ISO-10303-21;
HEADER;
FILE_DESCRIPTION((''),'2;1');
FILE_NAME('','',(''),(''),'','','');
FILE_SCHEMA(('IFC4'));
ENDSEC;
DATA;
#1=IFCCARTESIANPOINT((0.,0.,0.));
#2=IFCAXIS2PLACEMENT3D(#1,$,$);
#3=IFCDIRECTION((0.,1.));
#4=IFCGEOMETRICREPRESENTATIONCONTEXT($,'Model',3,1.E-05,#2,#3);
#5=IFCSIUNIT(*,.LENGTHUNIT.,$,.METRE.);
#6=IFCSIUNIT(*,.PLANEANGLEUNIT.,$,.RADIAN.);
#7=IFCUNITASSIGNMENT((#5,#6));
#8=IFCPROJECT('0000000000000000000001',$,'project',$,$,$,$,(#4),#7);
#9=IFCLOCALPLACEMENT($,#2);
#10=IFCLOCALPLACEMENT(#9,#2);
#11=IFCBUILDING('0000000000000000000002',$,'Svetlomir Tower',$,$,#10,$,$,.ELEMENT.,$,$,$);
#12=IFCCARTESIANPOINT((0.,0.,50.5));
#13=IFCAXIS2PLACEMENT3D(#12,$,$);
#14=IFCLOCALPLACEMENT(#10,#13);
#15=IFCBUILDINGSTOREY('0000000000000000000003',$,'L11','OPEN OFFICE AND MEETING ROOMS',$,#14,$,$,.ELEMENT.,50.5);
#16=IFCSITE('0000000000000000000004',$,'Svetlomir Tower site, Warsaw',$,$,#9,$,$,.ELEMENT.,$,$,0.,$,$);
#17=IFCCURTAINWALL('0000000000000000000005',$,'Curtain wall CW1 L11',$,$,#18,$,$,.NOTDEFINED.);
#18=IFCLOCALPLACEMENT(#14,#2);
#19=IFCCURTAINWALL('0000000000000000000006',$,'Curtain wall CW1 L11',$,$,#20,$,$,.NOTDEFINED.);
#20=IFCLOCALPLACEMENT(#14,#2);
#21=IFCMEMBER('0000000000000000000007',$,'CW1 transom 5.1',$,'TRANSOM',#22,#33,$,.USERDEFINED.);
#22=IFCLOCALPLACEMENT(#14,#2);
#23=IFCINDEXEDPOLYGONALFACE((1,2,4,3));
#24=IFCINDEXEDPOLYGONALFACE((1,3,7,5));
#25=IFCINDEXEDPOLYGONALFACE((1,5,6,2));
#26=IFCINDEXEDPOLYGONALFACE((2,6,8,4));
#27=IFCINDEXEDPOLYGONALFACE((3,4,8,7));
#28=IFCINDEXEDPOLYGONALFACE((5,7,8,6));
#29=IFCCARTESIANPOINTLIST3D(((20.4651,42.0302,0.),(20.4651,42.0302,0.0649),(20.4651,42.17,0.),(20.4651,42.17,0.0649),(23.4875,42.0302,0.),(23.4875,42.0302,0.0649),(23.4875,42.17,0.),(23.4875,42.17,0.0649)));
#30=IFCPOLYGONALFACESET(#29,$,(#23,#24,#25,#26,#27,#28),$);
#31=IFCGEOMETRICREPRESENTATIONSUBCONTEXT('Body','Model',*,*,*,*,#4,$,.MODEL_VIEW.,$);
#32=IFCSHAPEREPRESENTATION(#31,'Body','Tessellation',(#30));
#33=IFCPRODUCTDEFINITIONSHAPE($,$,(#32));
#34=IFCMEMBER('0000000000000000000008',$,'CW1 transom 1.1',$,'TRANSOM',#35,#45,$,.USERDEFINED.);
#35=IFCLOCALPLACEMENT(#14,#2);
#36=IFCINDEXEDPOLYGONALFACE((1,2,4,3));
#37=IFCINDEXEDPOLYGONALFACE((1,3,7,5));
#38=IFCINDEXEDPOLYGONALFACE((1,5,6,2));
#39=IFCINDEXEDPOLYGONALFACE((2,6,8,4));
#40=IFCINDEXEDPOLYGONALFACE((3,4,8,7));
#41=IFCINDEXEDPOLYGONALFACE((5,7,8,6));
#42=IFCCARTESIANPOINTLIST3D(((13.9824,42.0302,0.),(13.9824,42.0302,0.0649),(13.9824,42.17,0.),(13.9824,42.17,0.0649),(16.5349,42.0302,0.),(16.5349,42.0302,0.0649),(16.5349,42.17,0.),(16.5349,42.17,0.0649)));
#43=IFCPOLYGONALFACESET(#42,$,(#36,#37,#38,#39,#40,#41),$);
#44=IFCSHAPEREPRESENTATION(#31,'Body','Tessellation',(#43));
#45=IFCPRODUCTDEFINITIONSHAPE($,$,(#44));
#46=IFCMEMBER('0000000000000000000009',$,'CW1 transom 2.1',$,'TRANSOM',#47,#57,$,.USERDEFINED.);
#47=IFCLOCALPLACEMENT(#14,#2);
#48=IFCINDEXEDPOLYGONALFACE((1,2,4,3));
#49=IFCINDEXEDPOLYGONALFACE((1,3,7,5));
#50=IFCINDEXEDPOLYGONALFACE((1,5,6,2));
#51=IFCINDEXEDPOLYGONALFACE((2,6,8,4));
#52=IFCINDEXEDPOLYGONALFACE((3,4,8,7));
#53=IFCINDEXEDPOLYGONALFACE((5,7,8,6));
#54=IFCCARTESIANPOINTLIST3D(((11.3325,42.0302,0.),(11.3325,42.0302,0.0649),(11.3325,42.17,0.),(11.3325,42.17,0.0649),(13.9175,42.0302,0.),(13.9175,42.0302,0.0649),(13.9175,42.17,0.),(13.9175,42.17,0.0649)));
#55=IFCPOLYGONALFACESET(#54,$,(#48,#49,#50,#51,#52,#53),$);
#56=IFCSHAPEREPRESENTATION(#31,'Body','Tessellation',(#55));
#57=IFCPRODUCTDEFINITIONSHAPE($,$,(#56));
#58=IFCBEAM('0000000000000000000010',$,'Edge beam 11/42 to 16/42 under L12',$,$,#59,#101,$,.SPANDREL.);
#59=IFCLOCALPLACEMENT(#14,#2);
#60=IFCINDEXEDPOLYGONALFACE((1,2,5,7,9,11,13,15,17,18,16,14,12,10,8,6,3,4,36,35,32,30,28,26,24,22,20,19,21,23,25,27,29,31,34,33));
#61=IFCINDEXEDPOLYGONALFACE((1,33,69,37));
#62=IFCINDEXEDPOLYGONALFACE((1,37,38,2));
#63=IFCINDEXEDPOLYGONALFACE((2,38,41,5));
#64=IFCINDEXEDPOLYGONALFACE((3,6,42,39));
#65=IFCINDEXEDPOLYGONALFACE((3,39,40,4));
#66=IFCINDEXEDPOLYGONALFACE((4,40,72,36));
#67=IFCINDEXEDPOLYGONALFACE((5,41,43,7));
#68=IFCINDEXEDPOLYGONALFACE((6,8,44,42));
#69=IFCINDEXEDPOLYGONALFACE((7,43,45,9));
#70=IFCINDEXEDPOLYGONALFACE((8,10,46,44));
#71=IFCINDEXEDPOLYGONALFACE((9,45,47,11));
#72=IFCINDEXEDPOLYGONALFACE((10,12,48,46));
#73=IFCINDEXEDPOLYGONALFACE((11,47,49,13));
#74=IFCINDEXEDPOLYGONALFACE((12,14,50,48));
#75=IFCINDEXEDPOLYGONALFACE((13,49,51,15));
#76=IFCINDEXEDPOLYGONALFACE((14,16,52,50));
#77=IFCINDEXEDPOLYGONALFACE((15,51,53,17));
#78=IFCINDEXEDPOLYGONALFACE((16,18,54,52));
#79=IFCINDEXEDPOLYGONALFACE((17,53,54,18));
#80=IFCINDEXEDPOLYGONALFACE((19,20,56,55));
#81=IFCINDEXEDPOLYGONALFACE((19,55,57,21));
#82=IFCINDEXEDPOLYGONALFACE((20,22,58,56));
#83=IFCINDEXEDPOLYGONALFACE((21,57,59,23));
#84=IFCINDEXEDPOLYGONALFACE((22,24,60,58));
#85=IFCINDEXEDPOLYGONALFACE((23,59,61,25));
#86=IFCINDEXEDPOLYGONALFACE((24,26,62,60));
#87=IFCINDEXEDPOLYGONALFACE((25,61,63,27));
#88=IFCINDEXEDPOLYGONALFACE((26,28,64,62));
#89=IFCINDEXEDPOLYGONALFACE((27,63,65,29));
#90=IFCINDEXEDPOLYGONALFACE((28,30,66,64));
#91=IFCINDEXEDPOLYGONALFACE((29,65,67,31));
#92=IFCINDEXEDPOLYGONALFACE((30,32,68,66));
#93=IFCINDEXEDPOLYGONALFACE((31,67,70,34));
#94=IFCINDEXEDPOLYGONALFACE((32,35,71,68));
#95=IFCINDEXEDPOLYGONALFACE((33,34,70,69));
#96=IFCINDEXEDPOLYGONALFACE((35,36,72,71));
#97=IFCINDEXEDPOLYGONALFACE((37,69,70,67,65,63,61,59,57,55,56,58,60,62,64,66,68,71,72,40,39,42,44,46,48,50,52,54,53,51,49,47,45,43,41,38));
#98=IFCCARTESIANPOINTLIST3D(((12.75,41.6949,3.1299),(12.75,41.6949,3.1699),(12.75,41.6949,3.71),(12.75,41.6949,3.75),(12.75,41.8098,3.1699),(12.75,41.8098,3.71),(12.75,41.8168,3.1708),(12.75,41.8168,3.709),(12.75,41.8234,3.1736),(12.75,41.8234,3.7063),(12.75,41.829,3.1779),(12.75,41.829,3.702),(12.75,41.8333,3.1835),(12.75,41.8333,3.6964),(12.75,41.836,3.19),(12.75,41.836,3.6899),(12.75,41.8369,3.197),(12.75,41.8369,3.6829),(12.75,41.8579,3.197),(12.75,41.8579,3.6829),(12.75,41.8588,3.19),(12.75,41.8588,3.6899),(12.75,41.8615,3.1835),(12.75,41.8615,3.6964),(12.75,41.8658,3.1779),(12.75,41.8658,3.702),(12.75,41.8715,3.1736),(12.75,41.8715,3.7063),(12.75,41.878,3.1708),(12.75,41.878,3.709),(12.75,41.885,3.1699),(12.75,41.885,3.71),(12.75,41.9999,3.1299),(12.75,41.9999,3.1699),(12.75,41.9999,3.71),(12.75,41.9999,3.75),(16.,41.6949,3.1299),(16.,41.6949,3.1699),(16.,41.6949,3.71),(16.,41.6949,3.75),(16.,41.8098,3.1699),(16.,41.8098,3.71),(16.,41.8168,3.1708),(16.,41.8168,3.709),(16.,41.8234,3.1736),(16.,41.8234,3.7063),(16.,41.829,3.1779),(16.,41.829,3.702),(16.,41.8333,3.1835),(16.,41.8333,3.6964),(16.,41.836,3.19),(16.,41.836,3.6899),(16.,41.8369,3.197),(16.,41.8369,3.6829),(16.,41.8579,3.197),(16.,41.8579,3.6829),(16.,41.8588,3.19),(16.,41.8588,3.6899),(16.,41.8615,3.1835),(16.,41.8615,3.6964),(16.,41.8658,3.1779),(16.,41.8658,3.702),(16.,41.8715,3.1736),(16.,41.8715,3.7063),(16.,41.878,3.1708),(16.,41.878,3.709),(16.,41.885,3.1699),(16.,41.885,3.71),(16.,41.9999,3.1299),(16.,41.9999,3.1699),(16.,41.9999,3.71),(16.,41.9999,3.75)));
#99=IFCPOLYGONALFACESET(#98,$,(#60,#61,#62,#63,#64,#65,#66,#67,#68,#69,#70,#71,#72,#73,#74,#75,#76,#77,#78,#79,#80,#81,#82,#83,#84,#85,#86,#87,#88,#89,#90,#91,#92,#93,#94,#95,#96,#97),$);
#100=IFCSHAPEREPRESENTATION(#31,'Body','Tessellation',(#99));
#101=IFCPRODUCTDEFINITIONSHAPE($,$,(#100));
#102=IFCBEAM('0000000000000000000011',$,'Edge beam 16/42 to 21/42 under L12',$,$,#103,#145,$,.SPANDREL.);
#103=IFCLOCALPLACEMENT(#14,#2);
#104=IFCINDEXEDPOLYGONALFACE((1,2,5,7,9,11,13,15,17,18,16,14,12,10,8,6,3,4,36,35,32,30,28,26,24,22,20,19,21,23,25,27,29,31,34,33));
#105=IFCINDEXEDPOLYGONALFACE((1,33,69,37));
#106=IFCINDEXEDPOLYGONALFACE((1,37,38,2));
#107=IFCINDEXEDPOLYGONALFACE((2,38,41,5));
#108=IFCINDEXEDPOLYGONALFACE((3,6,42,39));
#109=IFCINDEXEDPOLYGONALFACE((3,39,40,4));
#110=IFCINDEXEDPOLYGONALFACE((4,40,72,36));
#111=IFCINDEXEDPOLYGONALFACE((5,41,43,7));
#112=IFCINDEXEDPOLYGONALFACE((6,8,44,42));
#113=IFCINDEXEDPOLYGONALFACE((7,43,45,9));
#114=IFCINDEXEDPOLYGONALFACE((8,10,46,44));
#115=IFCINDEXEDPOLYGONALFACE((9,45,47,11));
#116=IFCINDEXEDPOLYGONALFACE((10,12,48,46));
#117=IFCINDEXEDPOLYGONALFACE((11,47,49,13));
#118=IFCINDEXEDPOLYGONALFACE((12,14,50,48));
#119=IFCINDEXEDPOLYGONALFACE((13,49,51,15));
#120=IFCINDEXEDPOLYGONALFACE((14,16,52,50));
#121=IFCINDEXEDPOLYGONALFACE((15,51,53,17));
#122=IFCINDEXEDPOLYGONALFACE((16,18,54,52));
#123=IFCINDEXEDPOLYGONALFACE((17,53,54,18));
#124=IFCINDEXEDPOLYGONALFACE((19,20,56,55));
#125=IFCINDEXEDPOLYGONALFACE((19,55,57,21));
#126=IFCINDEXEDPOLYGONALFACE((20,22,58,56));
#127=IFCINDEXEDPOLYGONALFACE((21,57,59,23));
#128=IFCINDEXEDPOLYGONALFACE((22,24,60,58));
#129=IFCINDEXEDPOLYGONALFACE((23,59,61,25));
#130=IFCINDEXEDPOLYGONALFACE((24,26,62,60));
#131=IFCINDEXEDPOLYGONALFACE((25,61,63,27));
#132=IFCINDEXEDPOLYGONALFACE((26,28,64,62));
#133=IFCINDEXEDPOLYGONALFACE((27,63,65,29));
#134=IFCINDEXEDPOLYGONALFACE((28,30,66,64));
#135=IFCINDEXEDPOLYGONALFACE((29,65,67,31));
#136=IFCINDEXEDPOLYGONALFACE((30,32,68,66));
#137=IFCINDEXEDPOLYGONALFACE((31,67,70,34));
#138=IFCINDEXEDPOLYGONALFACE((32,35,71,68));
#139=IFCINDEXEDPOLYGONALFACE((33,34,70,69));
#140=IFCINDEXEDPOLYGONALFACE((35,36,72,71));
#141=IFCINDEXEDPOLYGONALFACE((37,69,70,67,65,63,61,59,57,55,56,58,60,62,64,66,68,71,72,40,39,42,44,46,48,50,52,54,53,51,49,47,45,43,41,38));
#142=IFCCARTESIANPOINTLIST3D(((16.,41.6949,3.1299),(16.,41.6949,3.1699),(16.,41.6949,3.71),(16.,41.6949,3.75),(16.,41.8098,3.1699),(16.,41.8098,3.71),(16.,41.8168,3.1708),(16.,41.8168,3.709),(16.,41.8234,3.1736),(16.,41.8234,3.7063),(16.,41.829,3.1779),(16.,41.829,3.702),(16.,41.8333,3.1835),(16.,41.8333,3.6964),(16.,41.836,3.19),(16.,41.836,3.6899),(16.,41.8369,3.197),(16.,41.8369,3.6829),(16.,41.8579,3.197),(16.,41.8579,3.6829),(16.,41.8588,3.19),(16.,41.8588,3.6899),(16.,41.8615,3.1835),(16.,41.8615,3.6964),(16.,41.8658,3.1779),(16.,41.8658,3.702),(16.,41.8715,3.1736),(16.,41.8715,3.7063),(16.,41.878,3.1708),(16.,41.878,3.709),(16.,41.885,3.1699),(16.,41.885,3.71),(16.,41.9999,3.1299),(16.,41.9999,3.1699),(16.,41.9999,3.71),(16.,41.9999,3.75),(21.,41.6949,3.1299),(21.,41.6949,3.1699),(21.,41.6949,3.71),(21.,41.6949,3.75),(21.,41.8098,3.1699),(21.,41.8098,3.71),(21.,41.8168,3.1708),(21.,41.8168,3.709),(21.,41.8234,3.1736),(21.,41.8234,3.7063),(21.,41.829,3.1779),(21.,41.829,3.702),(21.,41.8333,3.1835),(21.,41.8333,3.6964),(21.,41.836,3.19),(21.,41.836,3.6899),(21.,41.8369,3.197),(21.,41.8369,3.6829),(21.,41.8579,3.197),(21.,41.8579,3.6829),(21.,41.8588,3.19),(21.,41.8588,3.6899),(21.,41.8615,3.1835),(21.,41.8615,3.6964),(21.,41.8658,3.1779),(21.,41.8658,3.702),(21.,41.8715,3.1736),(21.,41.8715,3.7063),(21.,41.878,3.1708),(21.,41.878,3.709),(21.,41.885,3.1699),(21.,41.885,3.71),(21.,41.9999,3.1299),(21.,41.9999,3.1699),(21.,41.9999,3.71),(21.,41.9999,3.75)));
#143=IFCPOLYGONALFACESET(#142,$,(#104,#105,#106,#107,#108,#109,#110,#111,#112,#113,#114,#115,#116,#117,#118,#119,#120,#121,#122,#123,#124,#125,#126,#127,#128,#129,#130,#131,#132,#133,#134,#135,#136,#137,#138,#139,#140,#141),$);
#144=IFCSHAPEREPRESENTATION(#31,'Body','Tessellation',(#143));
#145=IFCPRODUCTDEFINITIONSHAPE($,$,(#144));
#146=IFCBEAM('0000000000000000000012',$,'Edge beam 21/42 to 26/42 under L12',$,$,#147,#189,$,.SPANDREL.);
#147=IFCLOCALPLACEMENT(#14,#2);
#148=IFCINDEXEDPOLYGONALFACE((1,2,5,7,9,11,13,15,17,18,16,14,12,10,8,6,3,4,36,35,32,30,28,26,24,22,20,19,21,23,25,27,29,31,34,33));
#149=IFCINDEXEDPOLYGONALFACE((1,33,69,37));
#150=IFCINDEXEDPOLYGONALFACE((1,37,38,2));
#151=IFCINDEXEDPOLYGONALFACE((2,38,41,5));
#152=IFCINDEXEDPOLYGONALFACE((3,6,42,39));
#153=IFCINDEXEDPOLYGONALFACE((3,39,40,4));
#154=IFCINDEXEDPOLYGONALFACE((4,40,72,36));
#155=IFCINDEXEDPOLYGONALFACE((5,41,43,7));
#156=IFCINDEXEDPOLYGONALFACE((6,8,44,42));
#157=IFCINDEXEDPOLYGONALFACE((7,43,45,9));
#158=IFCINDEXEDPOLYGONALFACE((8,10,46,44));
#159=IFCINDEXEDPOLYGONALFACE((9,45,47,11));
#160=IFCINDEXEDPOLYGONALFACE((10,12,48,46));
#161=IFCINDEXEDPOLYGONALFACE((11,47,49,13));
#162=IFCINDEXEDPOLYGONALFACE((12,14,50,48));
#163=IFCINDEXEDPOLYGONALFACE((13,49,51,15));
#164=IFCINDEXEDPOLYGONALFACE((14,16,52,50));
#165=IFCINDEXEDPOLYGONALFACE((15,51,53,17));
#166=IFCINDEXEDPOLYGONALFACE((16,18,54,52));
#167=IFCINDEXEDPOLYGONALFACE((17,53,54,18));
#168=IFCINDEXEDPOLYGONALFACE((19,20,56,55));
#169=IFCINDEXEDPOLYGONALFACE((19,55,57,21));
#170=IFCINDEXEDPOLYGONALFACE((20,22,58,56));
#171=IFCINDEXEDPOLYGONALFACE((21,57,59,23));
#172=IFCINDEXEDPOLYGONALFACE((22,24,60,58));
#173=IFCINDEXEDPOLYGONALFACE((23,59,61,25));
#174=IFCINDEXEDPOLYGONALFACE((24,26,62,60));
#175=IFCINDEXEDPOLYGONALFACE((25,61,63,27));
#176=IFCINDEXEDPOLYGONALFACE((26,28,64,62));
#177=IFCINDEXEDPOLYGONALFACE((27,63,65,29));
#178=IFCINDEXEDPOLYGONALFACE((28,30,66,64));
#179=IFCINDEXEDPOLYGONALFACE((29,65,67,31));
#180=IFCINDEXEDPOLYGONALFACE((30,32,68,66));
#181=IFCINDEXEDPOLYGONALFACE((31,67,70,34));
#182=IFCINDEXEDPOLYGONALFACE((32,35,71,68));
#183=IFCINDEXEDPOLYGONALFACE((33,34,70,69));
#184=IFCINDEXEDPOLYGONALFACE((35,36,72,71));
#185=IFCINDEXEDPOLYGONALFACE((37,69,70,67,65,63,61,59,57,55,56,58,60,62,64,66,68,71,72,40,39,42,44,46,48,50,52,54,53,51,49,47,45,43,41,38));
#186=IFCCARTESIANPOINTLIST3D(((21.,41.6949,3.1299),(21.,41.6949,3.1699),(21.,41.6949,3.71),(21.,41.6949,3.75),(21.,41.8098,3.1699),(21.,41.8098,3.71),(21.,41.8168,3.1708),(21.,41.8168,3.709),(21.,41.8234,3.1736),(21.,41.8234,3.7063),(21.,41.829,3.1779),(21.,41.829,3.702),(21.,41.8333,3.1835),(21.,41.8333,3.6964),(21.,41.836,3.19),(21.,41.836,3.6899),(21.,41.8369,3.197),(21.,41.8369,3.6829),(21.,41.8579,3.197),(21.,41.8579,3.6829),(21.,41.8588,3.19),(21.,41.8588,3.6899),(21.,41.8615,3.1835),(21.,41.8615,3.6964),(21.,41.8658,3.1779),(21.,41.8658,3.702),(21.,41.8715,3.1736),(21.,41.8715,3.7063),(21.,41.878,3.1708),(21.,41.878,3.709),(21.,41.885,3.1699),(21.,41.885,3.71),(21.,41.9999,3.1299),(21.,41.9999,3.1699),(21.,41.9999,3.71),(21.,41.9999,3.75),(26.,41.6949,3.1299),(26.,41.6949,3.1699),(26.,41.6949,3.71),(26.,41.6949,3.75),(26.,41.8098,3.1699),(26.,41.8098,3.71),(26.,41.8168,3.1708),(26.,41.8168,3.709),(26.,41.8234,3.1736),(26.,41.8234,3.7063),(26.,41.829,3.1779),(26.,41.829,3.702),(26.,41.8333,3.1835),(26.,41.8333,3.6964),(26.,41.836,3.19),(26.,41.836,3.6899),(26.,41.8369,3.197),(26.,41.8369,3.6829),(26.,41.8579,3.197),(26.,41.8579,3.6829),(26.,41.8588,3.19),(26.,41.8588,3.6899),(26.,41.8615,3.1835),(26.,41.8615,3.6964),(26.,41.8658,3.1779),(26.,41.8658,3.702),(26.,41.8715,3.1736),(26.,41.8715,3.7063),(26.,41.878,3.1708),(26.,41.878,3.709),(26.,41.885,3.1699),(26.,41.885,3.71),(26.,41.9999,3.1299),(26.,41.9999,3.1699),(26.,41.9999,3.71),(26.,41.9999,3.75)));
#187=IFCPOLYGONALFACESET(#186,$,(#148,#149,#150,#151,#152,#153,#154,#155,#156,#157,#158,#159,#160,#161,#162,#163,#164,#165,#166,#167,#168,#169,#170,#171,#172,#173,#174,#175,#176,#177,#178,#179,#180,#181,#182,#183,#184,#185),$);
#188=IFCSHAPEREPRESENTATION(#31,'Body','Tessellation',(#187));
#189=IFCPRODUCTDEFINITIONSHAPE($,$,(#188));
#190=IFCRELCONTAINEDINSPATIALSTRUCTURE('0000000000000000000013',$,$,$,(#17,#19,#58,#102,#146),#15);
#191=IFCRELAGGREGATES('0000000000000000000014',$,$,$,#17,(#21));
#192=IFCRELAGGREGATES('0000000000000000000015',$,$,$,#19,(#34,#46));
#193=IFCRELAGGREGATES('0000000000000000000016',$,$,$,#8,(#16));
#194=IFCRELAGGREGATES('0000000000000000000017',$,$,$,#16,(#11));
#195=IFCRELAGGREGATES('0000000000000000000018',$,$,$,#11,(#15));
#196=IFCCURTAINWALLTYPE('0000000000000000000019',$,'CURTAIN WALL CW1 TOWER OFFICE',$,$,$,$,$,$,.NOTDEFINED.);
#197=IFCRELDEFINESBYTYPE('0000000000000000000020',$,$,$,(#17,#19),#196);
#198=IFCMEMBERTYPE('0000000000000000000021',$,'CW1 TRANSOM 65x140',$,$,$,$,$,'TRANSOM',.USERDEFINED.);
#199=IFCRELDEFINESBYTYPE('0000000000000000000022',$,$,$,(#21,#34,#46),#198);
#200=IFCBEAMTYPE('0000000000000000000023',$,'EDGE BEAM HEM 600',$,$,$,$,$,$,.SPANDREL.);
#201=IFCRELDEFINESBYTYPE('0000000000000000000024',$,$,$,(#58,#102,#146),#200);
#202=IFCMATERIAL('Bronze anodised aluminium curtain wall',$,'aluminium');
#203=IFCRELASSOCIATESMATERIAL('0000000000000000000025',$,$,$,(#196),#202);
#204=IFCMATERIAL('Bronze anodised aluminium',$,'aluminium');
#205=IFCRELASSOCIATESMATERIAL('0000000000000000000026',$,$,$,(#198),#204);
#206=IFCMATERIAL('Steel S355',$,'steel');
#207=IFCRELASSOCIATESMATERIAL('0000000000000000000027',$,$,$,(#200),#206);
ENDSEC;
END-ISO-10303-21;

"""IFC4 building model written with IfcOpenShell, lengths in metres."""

from ifc_helpers import new_model, si_unit, direction, frame, origin, origin_2d, place, context, subcontext, project, spatial, rectangle, i_section, extrude, material, material_profile, profile_set, type_object, element, aggregate, save


model = new_model("IFC4")

# Units and contexts
model_context = context("Model", 3, precision=1e-05, world=origin(), true_north=direction((0.0, 1.0)))
body_context = subcontext(model_context, "Body", "Model", "MODEL_VIEW")
ifc_project = project(units=[si_unit("LENGTHUNIT", "METRE"), si_unit("PLANEANGLEUNIT", "RADIAN")], contexts=[model_context])

# Site, building, storey
site_placement = place(None, origin())
site = spatial("IfcSite", under=ifc_project, at=site_placement, Name="Svetlomir Tower site, Warsaw", CompositionType="ELEMENT", RefElevation=0.0)
building_placement = place(site_placement, origin())
building = spatial("IfcBuilding", under=site, at=building_placement, Name="Svetlomir Tower", CompositionType="ELEMENT")
storey_placement = place(building_placement, frame((0.0, 0.0, 50.5)))
storey = spatial("IfcBuildingStorey", under=building, at=storey_placement, Name="L11", Description="OPEN OFFICE AND MEETING ROOMS", CompositionType="ELEMENT", Elevation=50.5)

# Curtain walls
ifc_material_1 = material(Name="Bronze anodised aluminium curtain wall", Category="aluminium")
curtain_wall_type = type_object("IfcCurtainWallType", Name="CURTAIN WALL CW1 TOWER OFFICE", PredefinedType="NOTDEFINED", material=ifc_material_1)
curtain_wall_1_placement = place(storey_placement, origin())
curtain_wall_1 = element("IfcCurtainWall", 1, at=curtain_wall_1_placement, inside=storey, type_object=curtain_wall_type, Name="Curtain wall CW1 L11", PredefinedType="NOTDEFINED")
curtain_wall_2_placement = place(storey_placement, origin())
curtain_wall_2 = element("IfcCurtainWall", 2, at=curtain_wall_2_placement, inside=storey, type_object=curtain_wall_type, Name="Curtain wall CW1 L11", PredefinedType="NOTDEFINED")

# Members
ifc_material_2 = material(Name="Bronze anodised aluminium", Category="aluminium")
ifc_material_profile_1 = material_profile(ifc_material_2, rectangle(XDim=0.1399, YDim=0.0649, at=origin_2d()), Name="AL 140x65")
ifc_profile_set_1 = profile_set([ifc_material_profile_1], Name="Bronze anodised aluminium 6063-T6")
member_type_1 = type_object("IfcMemberType", Name="CW1 TRANSOM 65x140", ElementType="TRANSOM", PredefinedType="USERDEFINED", material=ifc_profile_set_1)
member_1_placement = place(storey_placement, frame((23.4875, 42.1001, 0.0325), z_axis=(-1.0, 0.0, 0.0), x_axis=(0.0, -1.0, 0.0)))
member_1 = element("IfcMember", 3, at=member_1_placement, type_object=member_type_1, Name="CW1 transom 5.1", ObjectType="TRANSOM", PredefinedType="USERDEFINED", context=body_context, shape_type="SweptSolid", body=[
    extrude(rectangle(XDim=0.1399, YDim=0.0649, at=origin_2d()), origin(), (0.0, 0.0, 1.0), 3.0225),
])
member_2_placement = place(storey_placement, frame((16.5349, 42.1001, 0.0325), z_axis=(-1.0, 0.0, 0.0), x_axis=(0.0, -1.0, 0.0)))
member_2 = element("IfcMember", 4, at=member_2_placement, type_object=member_type_1, Name="CW1 transom 1.1", ObjectType="TRANSOM", PredefinedType="USERDEFINED", context=body_context, shape_type="SweptSolid", body=[
    extrude(rectangle(XDim=0.1399, YDim=0.0649, at=origin_2d()), origin(), (0.0, 0.0, 1.0), 2.5525),
])
member_3_placement = place(storey_placement, frame((13.9175, 42.1001, 0.0325), z_axis=(-1.0, 0.0, 0.0), x_axis=(0.0, -1.0, 0.0)))
member_3 = element("IfcMember", 5, at=member_3_placement, type_object=member_type_1, Name="CW1 transom 2.1", ObjectType="TRANSOM", PredefinedType="USERDEFINED", context=body_context, shape_type="SweptSolid", body=[
    extrude(rectangle(XDim=0.1399, YDim=0.0649, at=origin_2d()), origin(), (0.0, 0.0, 1.0), 2.585),
])

# Beams
ifc_material_3 = material(Name="Steel S355", Category="steel")
ifc_material_profile_2 = material_profile(ifc_material_3, i_section(OverallWidth=0.3049, OverallDepth=0.6201, WebThickness=0.021, FlangeThickness=0.04, FilletRadius=0.0271, at=origin_2d()), Name="HEM 600")
ifc_profile_set_2 = profile_set([ifc_material_profile_2], Name="Steel S355")
beam_type_1 = type_object("IfcBeamType", Name="EDGE BEAM HEM 600", PredefinedType="SPANDREL", material=ifc_profile_set_2)
beam_1_placement = place(storey_placement, frame((12.75, 41.8474, 3.4399), z_axis=(1.0, 0.0, 0.0), x_axis=(0.0, 1.0, 0.0)))
element("IfcBeam", 6, at=beam_1_placement, inside=storey, type_object=beam_type_1, Name="Edge beam 11/42 to 16/42 under L12", PredefinedType="SPANDREL", context=body_context, shape_type="SweptSolid", body=[
    extrude(i_section(OverallWidth=0.3049, OverallDepth=0.6201, WebThickness=0.021, FlangeThickness=0.04, FilletRadius=0.0271, at=origin_2d()), origin(), (0.0, 0.0, 1.0), 3.25),
])
for number, where, z_axis, x_axis, name in (
    (7, (16.0, 41.8474, 3.4399), (1.0, 0.0, 0.0), (0.0, 1.0, 0.0), "Edge beam 16/42 to 21/42 under L12"),
    (8, (21.0, 41.8474, 3.4399), (1.0, 0.0, 0.0), (0.0, 1.0, 0.0), "Edge beam 21/42 to 26/42 under L12"),
):
    element("IfcBeam", number, at=place(storey_placement, frame(where, z_axis=z_axis, x_axis=x_axis)), inside=storey, type_object=beam_type_1, Name=name, PredefinedType="SPANDREL", context=body_context, shape_type="SweptSolid", body=[
        extrude(i_section(OverallWidth=0.3049, OverallDepth=0.6201, WebThickness=0.021, FlangeThickness=0.04, FilletRadius=0.0271, at=origin_2d()), origin(), (0.0, 0.0, 1.0), 5.0),
    ])

aggregate(curtain_wall_1, [member_1])
aggregate(curtain_wall_2, [member_2, member_3])

save(model, "model.ifc")
